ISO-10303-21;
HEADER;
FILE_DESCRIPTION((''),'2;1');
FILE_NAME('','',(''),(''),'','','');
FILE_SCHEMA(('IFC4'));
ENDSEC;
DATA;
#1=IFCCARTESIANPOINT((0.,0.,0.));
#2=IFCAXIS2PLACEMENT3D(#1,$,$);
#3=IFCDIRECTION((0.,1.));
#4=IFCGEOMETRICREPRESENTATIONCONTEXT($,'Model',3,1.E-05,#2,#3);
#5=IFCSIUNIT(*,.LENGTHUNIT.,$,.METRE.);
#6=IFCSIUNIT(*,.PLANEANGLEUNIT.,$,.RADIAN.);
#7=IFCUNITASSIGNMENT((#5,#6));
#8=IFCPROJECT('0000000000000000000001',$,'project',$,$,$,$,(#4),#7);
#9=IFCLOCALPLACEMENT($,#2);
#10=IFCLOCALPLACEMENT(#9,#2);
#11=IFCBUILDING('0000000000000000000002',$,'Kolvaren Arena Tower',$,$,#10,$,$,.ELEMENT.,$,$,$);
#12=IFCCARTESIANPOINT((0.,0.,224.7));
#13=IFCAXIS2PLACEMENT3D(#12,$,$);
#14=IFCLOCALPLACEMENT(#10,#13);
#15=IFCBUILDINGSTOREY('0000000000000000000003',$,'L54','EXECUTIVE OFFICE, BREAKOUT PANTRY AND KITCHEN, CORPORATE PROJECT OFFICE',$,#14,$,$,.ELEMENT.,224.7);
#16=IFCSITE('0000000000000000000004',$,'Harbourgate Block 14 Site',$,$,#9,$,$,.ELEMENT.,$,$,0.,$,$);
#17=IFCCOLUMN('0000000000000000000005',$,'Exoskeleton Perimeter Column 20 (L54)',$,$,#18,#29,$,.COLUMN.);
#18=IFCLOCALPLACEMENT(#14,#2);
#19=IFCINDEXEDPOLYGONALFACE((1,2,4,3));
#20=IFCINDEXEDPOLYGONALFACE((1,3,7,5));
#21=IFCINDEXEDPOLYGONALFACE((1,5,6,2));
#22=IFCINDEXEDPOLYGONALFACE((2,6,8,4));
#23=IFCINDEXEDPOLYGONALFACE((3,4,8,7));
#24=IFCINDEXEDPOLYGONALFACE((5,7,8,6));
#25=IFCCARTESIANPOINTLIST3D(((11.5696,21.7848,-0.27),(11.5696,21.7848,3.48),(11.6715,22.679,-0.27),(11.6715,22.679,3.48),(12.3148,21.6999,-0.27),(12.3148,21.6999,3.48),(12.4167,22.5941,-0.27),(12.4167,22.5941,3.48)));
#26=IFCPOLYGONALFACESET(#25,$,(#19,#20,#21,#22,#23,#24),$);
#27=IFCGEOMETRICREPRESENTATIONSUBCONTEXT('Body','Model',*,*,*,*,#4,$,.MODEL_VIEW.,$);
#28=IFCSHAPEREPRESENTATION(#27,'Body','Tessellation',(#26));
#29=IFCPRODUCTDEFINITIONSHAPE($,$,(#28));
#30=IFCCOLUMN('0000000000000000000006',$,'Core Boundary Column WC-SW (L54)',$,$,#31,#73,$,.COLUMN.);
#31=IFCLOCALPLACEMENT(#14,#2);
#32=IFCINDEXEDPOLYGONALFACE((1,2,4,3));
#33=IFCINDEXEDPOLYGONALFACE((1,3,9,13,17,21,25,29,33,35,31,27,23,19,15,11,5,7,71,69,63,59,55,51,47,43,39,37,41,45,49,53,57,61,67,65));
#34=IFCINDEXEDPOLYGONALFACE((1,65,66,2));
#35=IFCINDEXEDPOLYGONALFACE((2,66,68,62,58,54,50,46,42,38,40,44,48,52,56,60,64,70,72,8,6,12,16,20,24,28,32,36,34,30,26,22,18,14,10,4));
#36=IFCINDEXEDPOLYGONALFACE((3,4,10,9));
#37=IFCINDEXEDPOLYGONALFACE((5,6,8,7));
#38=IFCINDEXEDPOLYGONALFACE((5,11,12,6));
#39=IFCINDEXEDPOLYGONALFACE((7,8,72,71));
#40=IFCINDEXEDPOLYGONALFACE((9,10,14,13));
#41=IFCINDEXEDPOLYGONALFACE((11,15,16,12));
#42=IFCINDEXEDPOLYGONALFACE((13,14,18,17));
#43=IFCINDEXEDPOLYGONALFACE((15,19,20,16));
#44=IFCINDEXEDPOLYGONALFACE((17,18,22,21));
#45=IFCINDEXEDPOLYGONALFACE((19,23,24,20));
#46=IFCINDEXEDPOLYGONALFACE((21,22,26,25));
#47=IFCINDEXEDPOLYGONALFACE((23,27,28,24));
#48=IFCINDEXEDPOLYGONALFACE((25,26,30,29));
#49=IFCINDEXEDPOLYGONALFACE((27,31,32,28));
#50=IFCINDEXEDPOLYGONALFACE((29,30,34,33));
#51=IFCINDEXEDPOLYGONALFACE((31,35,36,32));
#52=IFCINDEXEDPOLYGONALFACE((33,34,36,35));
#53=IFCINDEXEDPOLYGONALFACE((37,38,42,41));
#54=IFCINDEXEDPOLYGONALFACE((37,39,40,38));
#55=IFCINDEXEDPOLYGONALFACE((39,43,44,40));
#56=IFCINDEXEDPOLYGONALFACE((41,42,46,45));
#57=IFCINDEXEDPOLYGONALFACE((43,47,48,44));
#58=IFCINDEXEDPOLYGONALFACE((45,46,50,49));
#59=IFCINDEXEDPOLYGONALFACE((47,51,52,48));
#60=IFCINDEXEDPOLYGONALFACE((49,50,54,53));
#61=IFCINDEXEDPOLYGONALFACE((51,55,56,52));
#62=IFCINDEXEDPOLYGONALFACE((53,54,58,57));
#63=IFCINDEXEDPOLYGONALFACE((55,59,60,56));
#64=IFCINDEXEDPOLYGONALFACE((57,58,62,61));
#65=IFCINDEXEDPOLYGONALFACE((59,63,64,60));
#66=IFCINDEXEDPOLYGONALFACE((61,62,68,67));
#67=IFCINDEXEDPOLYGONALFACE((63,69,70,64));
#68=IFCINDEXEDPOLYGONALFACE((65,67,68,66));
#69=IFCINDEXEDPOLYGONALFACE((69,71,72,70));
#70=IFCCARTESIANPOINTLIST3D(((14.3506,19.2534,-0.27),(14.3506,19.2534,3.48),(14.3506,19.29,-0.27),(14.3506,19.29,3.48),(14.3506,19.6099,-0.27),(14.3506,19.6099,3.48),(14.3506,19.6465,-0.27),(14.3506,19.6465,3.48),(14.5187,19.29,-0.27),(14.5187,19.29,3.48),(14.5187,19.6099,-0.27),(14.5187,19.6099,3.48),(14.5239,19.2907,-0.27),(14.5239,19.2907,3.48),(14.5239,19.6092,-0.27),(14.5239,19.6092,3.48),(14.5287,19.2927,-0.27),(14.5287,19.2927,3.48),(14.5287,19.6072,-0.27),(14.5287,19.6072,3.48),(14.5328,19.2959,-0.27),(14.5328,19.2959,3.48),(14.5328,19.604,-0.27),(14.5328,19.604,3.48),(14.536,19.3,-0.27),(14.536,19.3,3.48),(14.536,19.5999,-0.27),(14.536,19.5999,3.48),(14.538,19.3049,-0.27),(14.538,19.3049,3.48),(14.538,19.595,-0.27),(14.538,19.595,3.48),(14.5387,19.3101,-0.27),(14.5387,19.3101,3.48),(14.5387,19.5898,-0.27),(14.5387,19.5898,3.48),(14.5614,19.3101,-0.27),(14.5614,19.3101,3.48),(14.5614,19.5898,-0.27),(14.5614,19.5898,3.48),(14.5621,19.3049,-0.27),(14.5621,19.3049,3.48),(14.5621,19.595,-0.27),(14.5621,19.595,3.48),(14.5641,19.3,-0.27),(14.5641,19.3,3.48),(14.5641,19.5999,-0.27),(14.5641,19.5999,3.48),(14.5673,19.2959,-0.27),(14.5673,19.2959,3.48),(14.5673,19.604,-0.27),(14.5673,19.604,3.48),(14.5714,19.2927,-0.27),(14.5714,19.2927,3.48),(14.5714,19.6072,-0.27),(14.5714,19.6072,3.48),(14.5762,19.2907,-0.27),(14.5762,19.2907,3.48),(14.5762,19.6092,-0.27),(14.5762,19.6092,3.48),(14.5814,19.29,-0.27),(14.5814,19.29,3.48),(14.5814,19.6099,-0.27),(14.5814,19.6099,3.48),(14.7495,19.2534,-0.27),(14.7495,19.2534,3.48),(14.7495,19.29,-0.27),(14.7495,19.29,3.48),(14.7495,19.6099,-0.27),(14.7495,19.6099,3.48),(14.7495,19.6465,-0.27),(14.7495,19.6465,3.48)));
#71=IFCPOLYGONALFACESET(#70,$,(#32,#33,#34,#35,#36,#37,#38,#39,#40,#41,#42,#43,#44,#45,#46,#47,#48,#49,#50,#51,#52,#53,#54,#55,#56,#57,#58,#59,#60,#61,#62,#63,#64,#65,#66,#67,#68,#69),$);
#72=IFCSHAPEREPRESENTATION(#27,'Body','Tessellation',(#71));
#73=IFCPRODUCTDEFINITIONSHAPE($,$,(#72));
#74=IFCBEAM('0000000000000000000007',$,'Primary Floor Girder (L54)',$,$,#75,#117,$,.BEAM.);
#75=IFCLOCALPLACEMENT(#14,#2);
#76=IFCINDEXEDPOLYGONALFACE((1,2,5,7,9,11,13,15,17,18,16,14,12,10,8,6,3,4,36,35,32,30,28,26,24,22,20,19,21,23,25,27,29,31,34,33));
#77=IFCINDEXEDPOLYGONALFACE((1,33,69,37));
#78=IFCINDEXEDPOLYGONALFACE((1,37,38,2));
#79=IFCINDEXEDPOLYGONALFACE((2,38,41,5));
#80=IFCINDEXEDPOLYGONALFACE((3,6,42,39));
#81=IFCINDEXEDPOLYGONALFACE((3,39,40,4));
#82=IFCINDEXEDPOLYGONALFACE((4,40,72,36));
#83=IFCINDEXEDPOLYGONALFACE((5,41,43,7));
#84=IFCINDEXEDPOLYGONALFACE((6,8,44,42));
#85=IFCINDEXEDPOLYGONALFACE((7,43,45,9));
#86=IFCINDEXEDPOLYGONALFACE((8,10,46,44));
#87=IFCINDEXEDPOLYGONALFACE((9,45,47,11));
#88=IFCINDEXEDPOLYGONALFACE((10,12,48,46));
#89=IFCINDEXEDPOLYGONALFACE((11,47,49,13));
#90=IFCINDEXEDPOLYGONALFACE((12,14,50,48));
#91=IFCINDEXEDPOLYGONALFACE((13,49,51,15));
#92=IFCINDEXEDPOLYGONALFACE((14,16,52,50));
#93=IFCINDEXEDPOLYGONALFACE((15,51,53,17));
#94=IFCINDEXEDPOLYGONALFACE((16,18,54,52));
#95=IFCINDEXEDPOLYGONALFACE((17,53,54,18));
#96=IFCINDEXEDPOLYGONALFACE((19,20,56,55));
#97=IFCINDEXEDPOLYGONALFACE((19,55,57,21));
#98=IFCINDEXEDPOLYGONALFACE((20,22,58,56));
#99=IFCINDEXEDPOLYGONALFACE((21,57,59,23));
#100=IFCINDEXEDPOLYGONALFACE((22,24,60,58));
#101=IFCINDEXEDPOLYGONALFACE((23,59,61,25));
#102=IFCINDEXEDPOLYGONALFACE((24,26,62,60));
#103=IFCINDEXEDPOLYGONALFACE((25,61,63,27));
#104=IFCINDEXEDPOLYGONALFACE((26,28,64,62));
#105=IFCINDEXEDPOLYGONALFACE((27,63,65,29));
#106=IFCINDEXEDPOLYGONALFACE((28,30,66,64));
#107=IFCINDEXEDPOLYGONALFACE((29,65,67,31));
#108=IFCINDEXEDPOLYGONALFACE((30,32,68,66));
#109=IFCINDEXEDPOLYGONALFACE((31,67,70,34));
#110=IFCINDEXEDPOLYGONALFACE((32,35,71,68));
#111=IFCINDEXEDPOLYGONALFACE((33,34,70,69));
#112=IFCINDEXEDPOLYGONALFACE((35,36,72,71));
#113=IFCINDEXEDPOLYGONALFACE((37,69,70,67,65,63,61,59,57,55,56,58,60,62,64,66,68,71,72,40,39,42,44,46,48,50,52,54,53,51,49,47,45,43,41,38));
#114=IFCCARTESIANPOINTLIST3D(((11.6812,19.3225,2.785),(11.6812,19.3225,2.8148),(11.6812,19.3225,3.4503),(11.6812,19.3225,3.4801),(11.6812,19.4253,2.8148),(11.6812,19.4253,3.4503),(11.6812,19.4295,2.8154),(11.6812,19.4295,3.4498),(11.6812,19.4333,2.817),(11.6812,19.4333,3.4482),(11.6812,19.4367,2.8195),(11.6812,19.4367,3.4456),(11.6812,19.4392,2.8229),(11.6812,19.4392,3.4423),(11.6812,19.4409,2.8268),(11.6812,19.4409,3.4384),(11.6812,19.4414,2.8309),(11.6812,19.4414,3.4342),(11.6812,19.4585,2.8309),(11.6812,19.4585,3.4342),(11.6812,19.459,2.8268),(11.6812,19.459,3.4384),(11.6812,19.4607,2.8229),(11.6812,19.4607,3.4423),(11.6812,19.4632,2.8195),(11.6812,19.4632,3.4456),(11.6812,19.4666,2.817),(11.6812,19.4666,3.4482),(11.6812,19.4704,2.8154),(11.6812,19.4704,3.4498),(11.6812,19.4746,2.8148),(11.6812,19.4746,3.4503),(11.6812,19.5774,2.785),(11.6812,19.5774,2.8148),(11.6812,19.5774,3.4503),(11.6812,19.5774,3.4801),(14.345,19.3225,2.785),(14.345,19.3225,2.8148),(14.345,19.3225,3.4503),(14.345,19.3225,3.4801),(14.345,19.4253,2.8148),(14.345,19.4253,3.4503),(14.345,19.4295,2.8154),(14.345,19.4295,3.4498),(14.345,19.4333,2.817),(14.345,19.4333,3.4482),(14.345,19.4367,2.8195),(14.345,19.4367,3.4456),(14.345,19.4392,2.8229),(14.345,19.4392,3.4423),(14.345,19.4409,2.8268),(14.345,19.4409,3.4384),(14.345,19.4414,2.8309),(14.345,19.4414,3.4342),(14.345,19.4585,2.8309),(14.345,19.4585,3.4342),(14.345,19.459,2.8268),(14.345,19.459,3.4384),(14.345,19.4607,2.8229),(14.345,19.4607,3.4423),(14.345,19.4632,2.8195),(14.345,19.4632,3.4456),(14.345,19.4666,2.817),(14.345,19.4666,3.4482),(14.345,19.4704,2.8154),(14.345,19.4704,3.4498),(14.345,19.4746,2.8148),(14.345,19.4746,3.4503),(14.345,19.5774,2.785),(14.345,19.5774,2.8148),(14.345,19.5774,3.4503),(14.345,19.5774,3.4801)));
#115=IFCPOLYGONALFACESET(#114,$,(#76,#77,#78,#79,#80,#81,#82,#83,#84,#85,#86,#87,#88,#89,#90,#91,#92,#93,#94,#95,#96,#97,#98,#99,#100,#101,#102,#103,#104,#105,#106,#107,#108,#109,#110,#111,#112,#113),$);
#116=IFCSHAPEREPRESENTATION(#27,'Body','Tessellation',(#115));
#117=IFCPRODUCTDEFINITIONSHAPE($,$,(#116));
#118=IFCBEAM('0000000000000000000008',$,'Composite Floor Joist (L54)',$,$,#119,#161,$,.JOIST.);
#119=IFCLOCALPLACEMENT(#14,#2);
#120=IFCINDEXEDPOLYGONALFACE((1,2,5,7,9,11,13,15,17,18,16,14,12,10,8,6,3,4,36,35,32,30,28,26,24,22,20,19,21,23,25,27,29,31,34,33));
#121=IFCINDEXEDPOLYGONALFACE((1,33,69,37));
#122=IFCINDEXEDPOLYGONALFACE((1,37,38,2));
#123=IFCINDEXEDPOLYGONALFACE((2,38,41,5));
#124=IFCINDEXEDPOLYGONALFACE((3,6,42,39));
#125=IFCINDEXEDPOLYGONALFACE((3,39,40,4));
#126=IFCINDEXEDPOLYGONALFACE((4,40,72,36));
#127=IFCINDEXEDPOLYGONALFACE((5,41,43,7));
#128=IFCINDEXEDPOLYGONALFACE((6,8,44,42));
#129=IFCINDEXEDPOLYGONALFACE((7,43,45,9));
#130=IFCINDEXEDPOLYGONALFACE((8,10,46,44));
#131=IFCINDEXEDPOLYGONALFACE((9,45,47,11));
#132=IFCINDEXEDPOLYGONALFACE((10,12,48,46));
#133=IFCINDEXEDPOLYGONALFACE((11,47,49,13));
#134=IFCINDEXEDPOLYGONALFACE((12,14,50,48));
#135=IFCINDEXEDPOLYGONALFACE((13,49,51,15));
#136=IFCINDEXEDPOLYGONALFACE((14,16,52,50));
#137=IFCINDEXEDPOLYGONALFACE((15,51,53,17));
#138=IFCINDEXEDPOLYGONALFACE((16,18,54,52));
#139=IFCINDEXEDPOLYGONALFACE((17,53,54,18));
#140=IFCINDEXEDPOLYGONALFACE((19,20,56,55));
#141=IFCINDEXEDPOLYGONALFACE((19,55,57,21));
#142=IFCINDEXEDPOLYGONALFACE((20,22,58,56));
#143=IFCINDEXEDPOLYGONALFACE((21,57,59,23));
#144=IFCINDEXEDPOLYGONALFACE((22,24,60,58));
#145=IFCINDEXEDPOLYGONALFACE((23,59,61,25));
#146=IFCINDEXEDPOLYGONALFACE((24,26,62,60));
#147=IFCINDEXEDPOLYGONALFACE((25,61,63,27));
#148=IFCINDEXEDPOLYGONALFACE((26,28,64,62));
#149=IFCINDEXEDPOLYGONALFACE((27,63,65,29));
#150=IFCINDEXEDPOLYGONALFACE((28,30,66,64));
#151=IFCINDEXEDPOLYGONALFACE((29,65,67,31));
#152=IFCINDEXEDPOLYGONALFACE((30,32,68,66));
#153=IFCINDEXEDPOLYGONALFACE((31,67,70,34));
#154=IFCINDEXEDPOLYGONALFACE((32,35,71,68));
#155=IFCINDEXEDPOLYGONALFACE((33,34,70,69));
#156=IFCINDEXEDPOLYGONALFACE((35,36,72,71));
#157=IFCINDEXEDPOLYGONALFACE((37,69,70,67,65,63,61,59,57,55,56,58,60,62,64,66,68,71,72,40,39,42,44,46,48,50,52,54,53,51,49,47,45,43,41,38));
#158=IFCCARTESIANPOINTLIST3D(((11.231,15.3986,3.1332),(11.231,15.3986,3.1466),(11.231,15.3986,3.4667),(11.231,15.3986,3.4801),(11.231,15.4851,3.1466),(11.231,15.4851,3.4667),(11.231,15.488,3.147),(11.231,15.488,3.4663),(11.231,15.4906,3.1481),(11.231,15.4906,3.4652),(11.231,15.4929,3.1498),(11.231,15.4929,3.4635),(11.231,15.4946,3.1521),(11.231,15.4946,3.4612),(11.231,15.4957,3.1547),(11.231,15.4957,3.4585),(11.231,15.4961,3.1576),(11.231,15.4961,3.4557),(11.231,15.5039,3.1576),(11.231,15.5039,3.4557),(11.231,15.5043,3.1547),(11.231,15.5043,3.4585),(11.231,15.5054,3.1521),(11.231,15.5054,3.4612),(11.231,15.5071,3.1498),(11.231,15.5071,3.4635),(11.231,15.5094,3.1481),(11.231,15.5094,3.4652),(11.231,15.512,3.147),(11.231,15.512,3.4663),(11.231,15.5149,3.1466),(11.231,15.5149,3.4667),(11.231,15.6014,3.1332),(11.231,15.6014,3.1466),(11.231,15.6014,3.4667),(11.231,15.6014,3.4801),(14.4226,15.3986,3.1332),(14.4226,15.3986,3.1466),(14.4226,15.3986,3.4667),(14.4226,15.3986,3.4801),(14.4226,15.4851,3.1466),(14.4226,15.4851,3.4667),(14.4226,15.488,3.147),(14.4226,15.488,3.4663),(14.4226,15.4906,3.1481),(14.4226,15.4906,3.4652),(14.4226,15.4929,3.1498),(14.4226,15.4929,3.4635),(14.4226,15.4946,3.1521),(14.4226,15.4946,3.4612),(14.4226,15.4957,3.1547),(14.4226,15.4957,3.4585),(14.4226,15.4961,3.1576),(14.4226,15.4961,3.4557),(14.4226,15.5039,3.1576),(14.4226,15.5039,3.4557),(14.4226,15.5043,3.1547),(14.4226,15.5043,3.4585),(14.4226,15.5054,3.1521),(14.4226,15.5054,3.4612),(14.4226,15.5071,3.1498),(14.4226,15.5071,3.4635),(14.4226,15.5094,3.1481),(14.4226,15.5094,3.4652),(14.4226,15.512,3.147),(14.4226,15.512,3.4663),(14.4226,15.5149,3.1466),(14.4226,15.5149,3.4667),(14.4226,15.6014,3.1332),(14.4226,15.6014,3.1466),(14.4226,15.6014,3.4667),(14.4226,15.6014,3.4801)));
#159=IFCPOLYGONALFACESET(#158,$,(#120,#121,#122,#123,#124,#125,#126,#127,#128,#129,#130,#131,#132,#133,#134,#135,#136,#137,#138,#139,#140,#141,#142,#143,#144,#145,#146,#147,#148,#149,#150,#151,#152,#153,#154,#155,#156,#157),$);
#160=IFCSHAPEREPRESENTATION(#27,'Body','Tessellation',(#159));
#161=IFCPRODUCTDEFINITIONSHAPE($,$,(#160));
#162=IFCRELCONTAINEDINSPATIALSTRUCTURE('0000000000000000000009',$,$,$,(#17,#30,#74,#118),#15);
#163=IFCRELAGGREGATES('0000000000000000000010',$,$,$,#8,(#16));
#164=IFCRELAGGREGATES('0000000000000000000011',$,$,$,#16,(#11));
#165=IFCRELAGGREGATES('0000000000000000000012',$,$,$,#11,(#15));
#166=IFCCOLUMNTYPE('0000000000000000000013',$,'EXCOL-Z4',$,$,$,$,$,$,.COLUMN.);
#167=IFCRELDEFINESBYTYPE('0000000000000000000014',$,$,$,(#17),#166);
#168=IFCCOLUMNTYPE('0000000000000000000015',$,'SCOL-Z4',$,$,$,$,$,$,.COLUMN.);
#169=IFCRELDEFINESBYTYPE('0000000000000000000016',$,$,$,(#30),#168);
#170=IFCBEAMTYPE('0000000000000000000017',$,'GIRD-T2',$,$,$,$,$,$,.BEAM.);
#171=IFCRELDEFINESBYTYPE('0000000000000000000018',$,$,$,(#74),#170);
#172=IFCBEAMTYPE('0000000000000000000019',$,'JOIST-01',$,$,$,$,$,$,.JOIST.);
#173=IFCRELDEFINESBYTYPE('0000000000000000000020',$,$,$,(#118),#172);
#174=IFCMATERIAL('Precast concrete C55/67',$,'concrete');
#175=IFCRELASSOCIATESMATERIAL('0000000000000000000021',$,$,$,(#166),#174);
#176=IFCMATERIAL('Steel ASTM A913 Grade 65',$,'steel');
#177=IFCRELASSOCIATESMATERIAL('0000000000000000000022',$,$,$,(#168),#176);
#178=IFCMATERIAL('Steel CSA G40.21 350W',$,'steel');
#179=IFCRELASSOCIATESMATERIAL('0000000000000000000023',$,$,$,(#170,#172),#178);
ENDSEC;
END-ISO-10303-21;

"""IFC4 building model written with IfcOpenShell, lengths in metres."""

from ifc_helpers import new_model, si_unit, direction, frame, origin, origin_2d, place, context, subcontext, project, spatial, rectangle, i_section, extrude, material, material_profile, profile_set, type_object, element, save


model = new_model("IFC4")

# Units and contexts
model_context = context("Model", 3, precision=1e-05, world=origin(), true_north=direction((0.0, 1.0)))
body_context = subcontext(model_context, "Body", "Model", "MODEL_VIEW")
ifc_project = project(units=[si_unit("LENGTHUNIT", "METRE"), si_unit("PLANEANGLEUNIT", "RADIAN")], contexts=[model_context])

# Site, building, storey
site_placement = place(None, origin())
site = spatial("IfcSite", under=ifc_project, at=site_placement, Name="Harbourgate Block 14 Site", CompositionType="ELEMENT", RefElevation=0.0)
building_placement = place(site_placement, origin())
building = spatial("IfcBuilding", under=site, at=building_placement, Name="Kolvaren Arena Tower", CompositionType="ELEMENT")
storey_placement = place(building_placement, frame((0.0, 0.0, 224.7)))
storey = spatial("IfcBuildingStorey", under=building, at=storey_placement, Name="L54", Description="EXECUTIVE OFFICE, BREAKOUT PANTRY AND KITCHEN, CORPORATE PROJECT OFFICE", CompositionType="ELEMENT", Elevation=224.7)

# Columns
ifc_material_1 = material(Name="Precast concrete C55/67", Category="concrete")
ifc_material_profile_1 = material_profile(ifc_material_1, rectangle(XDim=0.8999, YDim=0.75, at=origin_2d()), Name="RC-900x750")
ifc_profile_set_1 = profile_set([ifc_material_profile_1], Name="Precast concrete C55/67")
column_type_1 = type_object("IfcColumnType", Name="EXCOL-Z4", PredefinedType="COLUMN", material=ifc_profile_set_1)
column_1_placement = place(storey_placement, frame((11.9932, 22.1895, -0.27), z_axis=(0.0, 0.0, 1.0), x_axis=(0.113203, 0.993572, 0.0)))
element("IfcColumn", 1, at=column_1_placement, inside=storey, type_object=column_type_1, Name="Exoskeleton Perimeter Column 20 (L54)", PredefinedType="COLUMN", context=body_context, shape_type="SweptSolid", body=[
    extrude(rectangle(XDim=0.8999, YDim=0.75, at=origin_2d()), origin(), (0.0, 0.0, 1.0), 3.75),
])
ifc_material_2 = material(Name="Steel ASTM A913 Grade 65", Category="steel")
ifc_material_profile_2 = material_profile(ifc_material_2, i_section(OverallWidth=0.3989, OverallDepth=0.3931, WebThickness=0.0227, FlangeThickness=0.0366, FilletRadius=0.02, at=origin_2d()), Name="W360x287")
ifc_profile_set_2 = profile_set([ifc_material_profile_2], Name="Steel ASTM A913 Grade 65")
column_type_2 = type_object("IfcColumnType", Name="SCOL-Z4", PredefinedType="COLUMN", material=ifc_profile_set_2)
column_2_placement = place(storey_placement, frame((14.55, 19.45, -0.27), z_axis=(0.0, 0.0, 1.0), x_axis=(1.0, 0.0, 0.0)))
element("IfcColumn", 2, at=column_2_placement, inside=storey, type_object=column_type_2, Name="Core Boundary Column WC-SW (L54)", PredefinedType="COLUMN", context=body_context, shape_type="SweptSolid", body=[
    extrude(i_section(OverallWidth=0.3989, OverallDepth=0.3931, WebThickness=0.0227, FlangeThickness=0.0366, FilletRadius=0.02, at=origin_2d()), origin(), (0.0, 0.0, 1.0), 3.75),
])

# Beams
ifc_material_3 = material(Name="Steel CSA G40.21 350W", Category="steel")
ifc_material_profile_3 = material_profile(ifc_material_3, i_section(OverallWidth=0.2549, OverallDepth=0.6951, WebThickness=0.0171, FlangeThickness=0.0298, FilletRadius=0.0161, at=origin_2d()), Name="W690x217")
ifc_profile_set_3 = profile_set([ifc_material_profile_3], Name="Steel CSA G40.21 350W")
beam_type_1 = type_object("IfcBeamType", Name="GIRD-T2", PredefinedType="BEAM", material=ifc_profile_set_3)
beam_1_placement = place(storey_placement, frame((11.6812, 19.45, 3.1326), z_axis=(1.0, 0.0, 0.0), x_axis=(0.0, 1.0, 0.0)))
element("IfcBeam", 3, at=beam_1_placement, inside=storey, type_object=beam_type_1, Name="Primary Floor Girder (L54)", PredefinedType="BEAM", context=body_context, shape_type="SweptSolid", body=[
    extrude(i_section(OverallWidth=0.2549, OverallDepth=0.6951, WebThickness=0.0171, FlangeThickness=0.0298, FilletRadius=0.0161, at=origin_2d()), origin(), (0.0, 0.0, 1.0), 2.6638),
])
ifc_material_profile_4 = material_profile(ifc_material_3, i_section(OverallWidth=0.2029, OverallDepth=0.3469, WebThickness=0.0078, FlangeThickness=0.0134, FilletRadius=0.011, at=origin_2d()), Name="W360x64")
ifc_profile_set_4 = profile_set([ifc_material_profile_4], Name="Steel CSA G40.21 350W")
beam_type_2 = type_object("IfcBeamType", Name="JOIST-01", PredefinedType="JOIST", material=ifc_profile_set_4)
beam_2_placement = place(storey_placement, frame((11.231, 15.5, 3.3066), z_axis=(1.0, 0.0, 0.0), x_axis=(0.0, 1.0, 0.0)))
element("IfcBeam", 4, at=beam_2_placement, inside=storey, type_object=beam_type_2, Name="Composite Floor Joist (L54)", PredefinedType="JOIST", context=body_context, shape_type="SweptSolid", body=[
    extrude(i_section(OverallWidth=0.2029, OverallDepth=0.3469, WebThickness=0.0078, FlangeThickness=0.0134, FilletRadius=0.011, at=origin_2d()), origin(), (0.0, 0.0, 1.0), 3.1917),
])

save(model, "model.ifc")
